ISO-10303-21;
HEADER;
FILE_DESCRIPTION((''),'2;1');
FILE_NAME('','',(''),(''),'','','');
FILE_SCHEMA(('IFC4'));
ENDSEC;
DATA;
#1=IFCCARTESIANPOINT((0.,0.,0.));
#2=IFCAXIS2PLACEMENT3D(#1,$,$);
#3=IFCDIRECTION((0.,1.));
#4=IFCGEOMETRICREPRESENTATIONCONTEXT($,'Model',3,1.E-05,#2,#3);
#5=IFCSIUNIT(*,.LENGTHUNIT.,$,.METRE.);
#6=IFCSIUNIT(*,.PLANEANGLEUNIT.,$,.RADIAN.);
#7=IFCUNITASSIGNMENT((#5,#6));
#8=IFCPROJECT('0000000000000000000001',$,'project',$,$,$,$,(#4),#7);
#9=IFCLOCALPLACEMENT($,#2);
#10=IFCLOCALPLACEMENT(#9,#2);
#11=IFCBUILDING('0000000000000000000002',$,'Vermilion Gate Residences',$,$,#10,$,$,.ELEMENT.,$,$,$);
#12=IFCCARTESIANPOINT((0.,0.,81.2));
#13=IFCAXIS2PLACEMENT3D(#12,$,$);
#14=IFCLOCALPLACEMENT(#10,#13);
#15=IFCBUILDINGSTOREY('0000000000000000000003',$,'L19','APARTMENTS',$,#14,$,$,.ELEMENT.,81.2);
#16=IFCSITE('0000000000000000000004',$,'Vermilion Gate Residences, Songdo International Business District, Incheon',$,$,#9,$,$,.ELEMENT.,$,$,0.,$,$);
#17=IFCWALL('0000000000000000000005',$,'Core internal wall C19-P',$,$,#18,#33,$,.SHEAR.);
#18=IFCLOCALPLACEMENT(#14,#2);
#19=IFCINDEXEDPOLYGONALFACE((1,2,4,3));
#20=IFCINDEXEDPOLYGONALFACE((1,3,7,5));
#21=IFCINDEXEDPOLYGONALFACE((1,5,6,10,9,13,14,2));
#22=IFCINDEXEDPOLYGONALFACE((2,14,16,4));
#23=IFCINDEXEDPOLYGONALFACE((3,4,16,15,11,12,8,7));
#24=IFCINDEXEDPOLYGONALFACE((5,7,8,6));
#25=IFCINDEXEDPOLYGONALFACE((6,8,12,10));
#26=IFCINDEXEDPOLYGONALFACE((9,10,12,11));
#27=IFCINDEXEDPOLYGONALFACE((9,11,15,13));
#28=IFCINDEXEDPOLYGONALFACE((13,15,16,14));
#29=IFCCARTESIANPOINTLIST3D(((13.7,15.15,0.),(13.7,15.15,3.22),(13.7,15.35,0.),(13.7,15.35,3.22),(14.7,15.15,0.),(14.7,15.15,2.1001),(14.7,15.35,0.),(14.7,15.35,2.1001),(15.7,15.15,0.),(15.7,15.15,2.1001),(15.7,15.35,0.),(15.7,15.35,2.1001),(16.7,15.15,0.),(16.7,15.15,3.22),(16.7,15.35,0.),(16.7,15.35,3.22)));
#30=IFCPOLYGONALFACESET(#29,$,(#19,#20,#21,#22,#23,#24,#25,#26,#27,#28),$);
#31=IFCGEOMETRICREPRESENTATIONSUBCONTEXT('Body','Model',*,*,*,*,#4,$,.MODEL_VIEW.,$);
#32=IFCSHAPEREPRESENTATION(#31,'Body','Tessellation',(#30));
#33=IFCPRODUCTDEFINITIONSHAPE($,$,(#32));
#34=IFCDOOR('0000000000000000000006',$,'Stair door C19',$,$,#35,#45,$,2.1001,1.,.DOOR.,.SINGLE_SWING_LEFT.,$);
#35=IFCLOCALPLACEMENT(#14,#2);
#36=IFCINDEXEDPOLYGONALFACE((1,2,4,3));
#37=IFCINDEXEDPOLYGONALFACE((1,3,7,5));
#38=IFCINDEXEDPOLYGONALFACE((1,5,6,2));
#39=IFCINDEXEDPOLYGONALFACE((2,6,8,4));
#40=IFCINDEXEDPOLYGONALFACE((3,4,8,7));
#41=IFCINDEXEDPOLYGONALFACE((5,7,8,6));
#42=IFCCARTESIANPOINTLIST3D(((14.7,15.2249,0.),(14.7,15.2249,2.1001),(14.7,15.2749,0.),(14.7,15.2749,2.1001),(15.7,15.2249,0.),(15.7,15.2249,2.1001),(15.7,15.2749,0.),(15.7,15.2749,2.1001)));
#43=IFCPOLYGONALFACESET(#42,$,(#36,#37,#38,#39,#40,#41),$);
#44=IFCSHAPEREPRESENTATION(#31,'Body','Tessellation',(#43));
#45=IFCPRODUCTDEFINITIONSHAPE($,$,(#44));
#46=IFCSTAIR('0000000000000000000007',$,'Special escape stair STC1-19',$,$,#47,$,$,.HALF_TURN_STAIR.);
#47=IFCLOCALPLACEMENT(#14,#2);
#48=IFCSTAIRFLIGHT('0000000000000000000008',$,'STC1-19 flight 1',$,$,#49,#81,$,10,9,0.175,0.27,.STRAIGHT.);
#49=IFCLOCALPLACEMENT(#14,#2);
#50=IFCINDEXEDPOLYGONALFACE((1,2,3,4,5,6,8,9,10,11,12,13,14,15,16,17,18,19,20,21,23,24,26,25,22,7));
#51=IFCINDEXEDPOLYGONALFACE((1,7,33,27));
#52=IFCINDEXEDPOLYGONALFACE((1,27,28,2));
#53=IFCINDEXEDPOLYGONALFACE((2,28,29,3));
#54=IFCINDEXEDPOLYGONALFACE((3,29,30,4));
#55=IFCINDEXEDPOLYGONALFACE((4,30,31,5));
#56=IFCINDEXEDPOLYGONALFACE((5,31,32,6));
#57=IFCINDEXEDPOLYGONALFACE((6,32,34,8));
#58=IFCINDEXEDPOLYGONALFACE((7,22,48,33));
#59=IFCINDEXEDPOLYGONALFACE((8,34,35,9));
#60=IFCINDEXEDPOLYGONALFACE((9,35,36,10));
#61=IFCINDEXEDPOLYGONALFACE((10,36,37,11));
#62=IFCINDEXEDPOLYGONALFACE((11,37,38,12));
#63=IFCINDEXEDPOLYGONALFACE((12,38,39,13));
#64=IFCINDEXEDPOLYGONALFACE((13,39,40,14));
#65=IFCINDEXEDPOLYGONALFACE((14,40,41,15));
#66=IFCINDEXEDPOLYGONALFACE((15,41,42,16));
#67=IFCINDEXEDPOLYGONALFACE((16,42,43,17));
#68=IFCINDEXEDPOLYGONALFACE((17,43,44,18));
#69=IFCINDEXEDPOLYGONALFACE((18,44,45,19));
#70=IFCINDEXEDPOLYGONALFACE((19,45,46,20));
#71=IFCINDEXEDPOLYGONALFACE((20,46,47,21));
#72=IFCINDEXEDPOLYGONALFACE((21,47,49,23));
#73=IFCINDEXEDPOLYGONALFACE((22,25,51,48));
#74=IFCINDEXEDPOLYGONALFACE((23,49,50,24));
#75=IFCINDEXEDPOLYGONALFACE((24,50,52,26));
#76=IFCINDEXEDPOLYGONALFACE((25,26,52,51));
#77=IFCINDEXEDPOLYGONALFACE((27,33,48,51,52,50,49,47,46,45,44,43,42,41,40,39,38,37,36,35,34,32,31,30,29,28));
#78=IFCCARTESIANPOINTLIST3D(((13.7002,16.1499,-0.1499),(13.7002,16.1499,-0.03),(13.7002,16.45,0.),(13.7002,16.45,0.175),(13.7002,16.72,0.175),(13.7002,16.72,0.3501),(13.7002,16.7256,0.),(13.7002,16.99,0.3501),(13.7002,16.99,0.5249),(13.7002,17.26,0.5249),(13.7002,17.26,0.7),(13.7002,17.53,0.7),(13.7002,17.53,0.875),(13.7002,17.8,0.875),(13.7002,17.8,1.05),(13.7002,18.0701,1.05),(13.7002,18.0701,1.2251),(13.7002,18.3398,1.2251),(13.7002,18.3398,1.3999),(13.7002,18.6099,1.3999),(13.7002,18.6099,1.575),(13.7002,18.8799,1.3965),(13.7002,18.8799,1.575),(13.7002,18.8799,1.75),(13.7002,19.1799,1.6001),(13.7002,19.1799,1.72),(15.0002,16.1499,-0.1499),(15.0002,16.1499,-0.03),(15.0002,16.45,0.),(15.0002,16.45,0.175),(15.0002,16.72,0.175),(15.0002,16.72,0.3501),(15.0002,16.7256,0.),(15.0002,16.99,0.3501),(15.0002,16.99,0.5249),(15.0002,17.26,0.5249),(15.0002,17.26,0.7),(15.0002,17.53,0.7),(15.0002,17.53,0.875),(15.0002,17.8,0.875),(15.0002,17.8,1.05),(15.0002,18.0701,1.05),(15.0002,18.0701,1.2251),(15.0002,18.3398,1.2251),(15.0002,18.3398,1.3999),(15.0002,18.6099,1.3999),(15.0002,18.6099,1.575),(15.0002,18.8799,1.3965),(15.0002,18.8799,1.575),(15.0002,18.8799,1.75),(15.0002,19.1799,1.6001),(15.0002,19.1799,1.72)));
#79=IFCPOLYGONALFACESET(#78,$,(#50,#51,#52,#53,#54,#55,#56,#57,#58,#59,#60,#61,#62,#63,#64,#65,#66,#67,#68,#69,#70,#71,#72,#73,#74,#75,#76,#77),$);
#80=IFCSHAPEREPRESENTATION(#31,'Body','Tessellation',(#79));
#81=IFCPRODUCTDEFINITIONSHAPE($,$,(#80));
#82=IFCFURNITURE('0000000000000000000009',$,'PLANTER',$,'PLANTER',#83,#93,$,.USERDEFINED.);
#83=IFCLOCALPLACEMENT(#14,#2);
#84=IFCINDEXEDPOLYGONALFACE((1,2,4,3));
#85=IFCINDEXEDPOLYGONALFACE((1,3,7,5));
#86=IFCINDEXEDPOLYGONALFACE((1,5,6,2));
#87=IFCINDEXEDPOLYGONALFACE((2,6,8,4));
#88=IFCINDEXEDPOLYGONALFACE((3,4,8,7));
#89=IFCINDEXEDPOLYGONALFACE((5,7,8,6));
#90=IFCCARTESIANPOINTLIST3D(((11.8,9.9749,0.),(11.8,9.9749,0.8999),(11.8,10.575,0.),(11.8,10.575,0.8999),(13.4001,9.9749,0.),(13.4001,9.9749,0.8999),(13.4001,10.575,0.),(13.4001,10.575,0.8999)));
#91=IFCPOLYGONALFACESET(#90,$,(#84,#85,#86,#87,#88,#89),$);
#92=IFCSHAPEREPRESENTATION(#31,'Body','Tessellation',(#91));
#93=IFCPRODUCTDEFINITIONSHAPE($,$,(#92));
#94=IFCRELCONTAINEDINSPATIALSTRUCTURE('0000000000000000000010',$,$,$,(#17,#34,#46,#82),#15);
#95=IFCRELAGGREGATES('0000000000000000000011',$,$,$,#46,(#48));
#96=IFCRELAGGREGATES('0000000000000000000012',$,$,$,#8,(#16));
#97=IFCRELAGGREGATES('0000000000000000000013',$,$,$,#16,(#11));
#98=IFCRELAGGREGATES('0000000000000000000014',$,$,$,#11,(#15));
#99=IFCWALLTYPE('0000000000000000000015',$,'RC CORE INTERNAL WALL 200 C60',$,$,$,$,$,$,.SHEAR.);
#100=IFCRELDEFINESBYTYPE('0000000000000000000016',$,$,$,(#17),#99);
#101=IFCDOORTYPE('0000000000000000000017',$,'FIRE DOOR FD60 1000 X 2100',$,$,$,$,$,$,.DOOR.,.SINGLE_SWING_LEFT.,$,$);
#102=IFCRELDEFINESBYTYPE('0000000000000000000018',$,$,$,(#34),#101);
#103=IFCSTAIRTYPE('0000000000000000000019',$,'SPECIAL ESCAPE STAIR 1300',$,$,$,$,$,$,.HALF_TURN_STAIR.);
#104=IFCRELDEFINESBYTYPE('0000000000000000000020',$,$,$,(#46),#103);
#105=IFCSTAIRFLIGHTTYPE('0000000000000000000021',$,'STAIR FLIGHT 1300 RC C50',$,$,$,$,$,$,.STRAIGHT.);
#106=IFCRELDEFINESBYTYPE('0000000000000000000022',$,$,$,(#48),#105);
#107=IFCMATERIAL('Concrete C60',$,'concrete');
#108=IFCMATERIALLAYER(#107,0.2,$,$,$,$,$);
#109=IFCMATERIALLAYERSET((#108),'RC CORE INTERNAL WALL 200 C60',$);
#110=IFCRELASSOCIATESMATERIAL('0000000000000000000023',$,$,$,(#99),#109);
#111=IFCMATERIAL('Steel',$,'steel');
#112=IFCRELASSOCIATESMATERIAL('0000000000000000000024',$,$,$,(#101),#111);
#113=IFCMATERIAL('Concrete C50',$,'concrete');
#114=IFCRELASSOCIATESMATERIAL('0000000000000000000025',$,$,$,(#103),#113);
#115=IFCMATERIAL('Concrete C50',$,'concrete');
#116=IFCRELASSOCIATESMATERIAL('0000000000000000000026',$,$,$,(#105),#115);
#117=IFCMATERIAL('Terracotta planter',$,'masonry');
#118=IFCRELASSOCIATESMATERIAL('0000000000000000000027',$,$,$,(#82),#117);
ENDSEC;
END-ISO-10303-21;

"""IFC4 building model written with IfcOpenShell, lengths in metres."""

from ifc_helpers import new_model, si_unit, direction, frame, frame_2d, origin, origin_2d, place, context, subcontext, project, spatial, polyline, rectangle, outline, extrude, material, layer, layer_set, type_object, element, fill, aggregate, save


model = new_model("IFC4")

# Units and contexts
model_context = context("Model", 3, precision=1e-05, world=origin(), true_north=direction((0.0, 1.0)))
body_context = subcontext(model_context, "Body", "Model", "MODEL_VIEW")
ifc_project = project(units=[si_unit("LENGTHUNIT", "METRE"), si_unit("PLANEANGLEUNIT", "RADIAN")], contexts=[model_context])

# Site, building, storey
site_placement = place(None, origin())
site = spatial("IfcSite", under=ifc_project, at=site_placement, Name="Vermilion Gate Residences, Songdo International Business District, Incheon", CompositionType="ELEMENT", RefElevation=0.0)
building_placement = place(site_placement, origin())
building = spatial("IfcBuilding", under=site, at=building_placement, Name="Vermilion Gate Residences", CompositionType="ELEMENT")
storey_placement = place(building_placement, frame((0.0, 0.0, 81.2)))
storey = spatial("IfcBuildingStorey", under=building, at=storey_placement, Name="L19", Description="APARTMENTS", CompositionType="ELEMENT", Elevation=81.2)

# Shared definitions
ifc_material_1 = material(Name="Concrete C60", Category="concrete")
ifc_layer_1 = layer(ifc_material_1, 0.2)
ifc_layer_set_1 = layer_set([ifc_layer_1], Name="RC CORE INTERNAL WALL 200 C60")
wall_type_1 = type_object("IfcWallType", Name="RC CORE INTERNAL WALL 200 C60", PredefinedType="SHEAR", material=ifc_layer_set_1)
ifc_material_2 = material(Name="Steel", Category="steel")
door_type_1 = type_object("IfcDoorType", Name="FIRE DOOR FD60 1000 X 2100", OperationType="SINGLE_SWING_LEFT", PredefinedType="DOOR", material=ifc_material_2)

# Wall, opening, door
wall_1_placement = place(storey_placement, frame((13.7, 15.25, 0.0), z_axis=(0.0, 0.0, 1.0), x_axis=(1.0, 0.0, 0.0)))
wall_1 = element("IfcWall", 1, at=wall_1_placement, inside=storey, type_object=wall_type_1, Name="Core internal wall C19-P", PredefinedType="SHEAR", context=body_context, shape_type="SweptSolid", body=[
    extrude(rectangle(XDim=3.0, YDim=0.2, at=frame_2d((1.5, 0.0))), origin(), (0.0, 0.0, 1.0), 3.22),
])
opening_1_placement = place(wall_1_placement, frame((1.0, 0.0, 0.0)))
opening_1 = element("IfcOpeningElement", 2, at=opening_1_placement, cuts=wall_1, PredefinedType="OPENING", context=body_context, shape_type="SweptSolid", body=[
    extrude(rectangle(XDim=1.0, YDim=2.1001, at=frame_2d((0.5, 1.05))), frame((0.0, 0.1099, 0.0), z_axis=(0.0, -1.0, 0.0), x_axis=(1.0, 0.0, 0.0)), (0.0, 0.0, 1.0), 0.22),
])
door_1_placement = place(opening_1_placement, origin())
door_1 = element("IfcDoor", 3, at=door_1_placement, inside=storey, type_object=door_type_1, Name="Stair door C19", OperationType="SINGLE_SWING_LEFT", OverallHeight=2.1001, OverallWidth=1.0, PredefinedType="DOOR", context=body_context, shape_type="SweptSolid", body=[
    extrude(rectangle(XDim=1.0, YDim=2.1001, at=frame_2d((0.5, 1.05))), frame((0.0, 0.0249, 0.0), z_axis=(0.0, -1.0, 0.0), x_axis=(1.0, 0.0, 0.0)), (0.0, 0.0, 1.0), 0.05),
])
fill(opening_1, door_1)

# Stair, stair flight
ifc_material_3 = material(Name="Concrete C50", Category="concrete")
stair_type = type_object("IfcStairType", Name="SPECIAL ESCAPE STAIR 1300", PredefinedType="HALF_TURN_STAIR", material=ifc_material_3)
stair_placement = place(storey_placement, origin())
stair = element("IfcStair", 4, at=stair_placement, inside=storey, type_object=stair_type, Name="Special escape stair STC1-19", PredefinedType="HALF_TURN_STAIR")
ifc_material_4 = material(Name="Concrete C50", Category="concrete")
stair_flight_type = type_object("IfcStairFlightType", Name="STAIR FLIGHT 1300 RC C50", PredefinedType="STRAIGHT", material=ifc_material_4)
stair_flight_placement = place(storey_placement, frame((14.3501, 16.45, 0.0), z_axis=(0.0, 0.0, 1.0), x_axis=(0.0, 1.0, 0.0)))
stair_flight = element("IfcStairFlight", 5, at=stair_flight_placement, type_object=stair_flight_type, Name="STC1-19 flight 1", NumberOfRisers=10, NumberOfTreads=9, PredefinedType="STRAIGHT", RiserHeight=0.175, TreadLength=0.27, context=body_context, shape_type="SweptSolid", body=[
    extrude(outline(polyline([(-0.3, -0.1499), (-0.3, -0.03), (0.0, 0.0), (0.0, 0.175), (0.27, 0.175), (0.27, 0.3501), (0.54, 0.3501), (0.54, 0.5249), (0.8101, 0.5249), (0.8101, 0.7), (1.0801, 0.7), (1.0801, 0.875), (1.3501, 0.875), (1.3501, 1.05), (1.6201, 1.05), (1.6201, 1.2251), (1.8899, 1.2251), (1.8899, 1.3999), (2.1599, 1.3999), (2.1599, 1.575), (2.4299, 1.575), (2.4299, 1.75), (2.73, 1.72), (2.73, 1.6001), (2.4299, 1.3965), (0.2756, 0.0), (-0.3, -0.1499)])), frame((0.0, 0.6499, 0.0), z_axis=(0.0, -1.0, 0.0), x_axis=(1.0, 0.0, 0.0)), (0.0, 0.0, 1.0), 1.3),
])
aggregate(stair, [stair_flight])

# Furniture
ifc_material_5 = material(Name="Terracotta planter", Category="masonry")
furniture_placement = place(storey_placement, frame((12.6001, 10.2749, 0.0), z_axis=(0.0, 0.0, 1.0), x_axis=(1.0, 0.0, 0.0)))
element("IfcFurniture", 6, at=furniture_placement, inside=storey, material=ifc_material_5, Name="PLANTER", ObjectType="PLANTER", PredefinedType="USERDEFINED", context=body_context, shape_type="SweptSolid", body=[
    extrude(rectangle(XDim=1.6001, YDim=0.6001, at=origin_2d()), origin(), (0.0, 0.0, 1.0), 0.8999),
])

save(model, "model.ifc")
